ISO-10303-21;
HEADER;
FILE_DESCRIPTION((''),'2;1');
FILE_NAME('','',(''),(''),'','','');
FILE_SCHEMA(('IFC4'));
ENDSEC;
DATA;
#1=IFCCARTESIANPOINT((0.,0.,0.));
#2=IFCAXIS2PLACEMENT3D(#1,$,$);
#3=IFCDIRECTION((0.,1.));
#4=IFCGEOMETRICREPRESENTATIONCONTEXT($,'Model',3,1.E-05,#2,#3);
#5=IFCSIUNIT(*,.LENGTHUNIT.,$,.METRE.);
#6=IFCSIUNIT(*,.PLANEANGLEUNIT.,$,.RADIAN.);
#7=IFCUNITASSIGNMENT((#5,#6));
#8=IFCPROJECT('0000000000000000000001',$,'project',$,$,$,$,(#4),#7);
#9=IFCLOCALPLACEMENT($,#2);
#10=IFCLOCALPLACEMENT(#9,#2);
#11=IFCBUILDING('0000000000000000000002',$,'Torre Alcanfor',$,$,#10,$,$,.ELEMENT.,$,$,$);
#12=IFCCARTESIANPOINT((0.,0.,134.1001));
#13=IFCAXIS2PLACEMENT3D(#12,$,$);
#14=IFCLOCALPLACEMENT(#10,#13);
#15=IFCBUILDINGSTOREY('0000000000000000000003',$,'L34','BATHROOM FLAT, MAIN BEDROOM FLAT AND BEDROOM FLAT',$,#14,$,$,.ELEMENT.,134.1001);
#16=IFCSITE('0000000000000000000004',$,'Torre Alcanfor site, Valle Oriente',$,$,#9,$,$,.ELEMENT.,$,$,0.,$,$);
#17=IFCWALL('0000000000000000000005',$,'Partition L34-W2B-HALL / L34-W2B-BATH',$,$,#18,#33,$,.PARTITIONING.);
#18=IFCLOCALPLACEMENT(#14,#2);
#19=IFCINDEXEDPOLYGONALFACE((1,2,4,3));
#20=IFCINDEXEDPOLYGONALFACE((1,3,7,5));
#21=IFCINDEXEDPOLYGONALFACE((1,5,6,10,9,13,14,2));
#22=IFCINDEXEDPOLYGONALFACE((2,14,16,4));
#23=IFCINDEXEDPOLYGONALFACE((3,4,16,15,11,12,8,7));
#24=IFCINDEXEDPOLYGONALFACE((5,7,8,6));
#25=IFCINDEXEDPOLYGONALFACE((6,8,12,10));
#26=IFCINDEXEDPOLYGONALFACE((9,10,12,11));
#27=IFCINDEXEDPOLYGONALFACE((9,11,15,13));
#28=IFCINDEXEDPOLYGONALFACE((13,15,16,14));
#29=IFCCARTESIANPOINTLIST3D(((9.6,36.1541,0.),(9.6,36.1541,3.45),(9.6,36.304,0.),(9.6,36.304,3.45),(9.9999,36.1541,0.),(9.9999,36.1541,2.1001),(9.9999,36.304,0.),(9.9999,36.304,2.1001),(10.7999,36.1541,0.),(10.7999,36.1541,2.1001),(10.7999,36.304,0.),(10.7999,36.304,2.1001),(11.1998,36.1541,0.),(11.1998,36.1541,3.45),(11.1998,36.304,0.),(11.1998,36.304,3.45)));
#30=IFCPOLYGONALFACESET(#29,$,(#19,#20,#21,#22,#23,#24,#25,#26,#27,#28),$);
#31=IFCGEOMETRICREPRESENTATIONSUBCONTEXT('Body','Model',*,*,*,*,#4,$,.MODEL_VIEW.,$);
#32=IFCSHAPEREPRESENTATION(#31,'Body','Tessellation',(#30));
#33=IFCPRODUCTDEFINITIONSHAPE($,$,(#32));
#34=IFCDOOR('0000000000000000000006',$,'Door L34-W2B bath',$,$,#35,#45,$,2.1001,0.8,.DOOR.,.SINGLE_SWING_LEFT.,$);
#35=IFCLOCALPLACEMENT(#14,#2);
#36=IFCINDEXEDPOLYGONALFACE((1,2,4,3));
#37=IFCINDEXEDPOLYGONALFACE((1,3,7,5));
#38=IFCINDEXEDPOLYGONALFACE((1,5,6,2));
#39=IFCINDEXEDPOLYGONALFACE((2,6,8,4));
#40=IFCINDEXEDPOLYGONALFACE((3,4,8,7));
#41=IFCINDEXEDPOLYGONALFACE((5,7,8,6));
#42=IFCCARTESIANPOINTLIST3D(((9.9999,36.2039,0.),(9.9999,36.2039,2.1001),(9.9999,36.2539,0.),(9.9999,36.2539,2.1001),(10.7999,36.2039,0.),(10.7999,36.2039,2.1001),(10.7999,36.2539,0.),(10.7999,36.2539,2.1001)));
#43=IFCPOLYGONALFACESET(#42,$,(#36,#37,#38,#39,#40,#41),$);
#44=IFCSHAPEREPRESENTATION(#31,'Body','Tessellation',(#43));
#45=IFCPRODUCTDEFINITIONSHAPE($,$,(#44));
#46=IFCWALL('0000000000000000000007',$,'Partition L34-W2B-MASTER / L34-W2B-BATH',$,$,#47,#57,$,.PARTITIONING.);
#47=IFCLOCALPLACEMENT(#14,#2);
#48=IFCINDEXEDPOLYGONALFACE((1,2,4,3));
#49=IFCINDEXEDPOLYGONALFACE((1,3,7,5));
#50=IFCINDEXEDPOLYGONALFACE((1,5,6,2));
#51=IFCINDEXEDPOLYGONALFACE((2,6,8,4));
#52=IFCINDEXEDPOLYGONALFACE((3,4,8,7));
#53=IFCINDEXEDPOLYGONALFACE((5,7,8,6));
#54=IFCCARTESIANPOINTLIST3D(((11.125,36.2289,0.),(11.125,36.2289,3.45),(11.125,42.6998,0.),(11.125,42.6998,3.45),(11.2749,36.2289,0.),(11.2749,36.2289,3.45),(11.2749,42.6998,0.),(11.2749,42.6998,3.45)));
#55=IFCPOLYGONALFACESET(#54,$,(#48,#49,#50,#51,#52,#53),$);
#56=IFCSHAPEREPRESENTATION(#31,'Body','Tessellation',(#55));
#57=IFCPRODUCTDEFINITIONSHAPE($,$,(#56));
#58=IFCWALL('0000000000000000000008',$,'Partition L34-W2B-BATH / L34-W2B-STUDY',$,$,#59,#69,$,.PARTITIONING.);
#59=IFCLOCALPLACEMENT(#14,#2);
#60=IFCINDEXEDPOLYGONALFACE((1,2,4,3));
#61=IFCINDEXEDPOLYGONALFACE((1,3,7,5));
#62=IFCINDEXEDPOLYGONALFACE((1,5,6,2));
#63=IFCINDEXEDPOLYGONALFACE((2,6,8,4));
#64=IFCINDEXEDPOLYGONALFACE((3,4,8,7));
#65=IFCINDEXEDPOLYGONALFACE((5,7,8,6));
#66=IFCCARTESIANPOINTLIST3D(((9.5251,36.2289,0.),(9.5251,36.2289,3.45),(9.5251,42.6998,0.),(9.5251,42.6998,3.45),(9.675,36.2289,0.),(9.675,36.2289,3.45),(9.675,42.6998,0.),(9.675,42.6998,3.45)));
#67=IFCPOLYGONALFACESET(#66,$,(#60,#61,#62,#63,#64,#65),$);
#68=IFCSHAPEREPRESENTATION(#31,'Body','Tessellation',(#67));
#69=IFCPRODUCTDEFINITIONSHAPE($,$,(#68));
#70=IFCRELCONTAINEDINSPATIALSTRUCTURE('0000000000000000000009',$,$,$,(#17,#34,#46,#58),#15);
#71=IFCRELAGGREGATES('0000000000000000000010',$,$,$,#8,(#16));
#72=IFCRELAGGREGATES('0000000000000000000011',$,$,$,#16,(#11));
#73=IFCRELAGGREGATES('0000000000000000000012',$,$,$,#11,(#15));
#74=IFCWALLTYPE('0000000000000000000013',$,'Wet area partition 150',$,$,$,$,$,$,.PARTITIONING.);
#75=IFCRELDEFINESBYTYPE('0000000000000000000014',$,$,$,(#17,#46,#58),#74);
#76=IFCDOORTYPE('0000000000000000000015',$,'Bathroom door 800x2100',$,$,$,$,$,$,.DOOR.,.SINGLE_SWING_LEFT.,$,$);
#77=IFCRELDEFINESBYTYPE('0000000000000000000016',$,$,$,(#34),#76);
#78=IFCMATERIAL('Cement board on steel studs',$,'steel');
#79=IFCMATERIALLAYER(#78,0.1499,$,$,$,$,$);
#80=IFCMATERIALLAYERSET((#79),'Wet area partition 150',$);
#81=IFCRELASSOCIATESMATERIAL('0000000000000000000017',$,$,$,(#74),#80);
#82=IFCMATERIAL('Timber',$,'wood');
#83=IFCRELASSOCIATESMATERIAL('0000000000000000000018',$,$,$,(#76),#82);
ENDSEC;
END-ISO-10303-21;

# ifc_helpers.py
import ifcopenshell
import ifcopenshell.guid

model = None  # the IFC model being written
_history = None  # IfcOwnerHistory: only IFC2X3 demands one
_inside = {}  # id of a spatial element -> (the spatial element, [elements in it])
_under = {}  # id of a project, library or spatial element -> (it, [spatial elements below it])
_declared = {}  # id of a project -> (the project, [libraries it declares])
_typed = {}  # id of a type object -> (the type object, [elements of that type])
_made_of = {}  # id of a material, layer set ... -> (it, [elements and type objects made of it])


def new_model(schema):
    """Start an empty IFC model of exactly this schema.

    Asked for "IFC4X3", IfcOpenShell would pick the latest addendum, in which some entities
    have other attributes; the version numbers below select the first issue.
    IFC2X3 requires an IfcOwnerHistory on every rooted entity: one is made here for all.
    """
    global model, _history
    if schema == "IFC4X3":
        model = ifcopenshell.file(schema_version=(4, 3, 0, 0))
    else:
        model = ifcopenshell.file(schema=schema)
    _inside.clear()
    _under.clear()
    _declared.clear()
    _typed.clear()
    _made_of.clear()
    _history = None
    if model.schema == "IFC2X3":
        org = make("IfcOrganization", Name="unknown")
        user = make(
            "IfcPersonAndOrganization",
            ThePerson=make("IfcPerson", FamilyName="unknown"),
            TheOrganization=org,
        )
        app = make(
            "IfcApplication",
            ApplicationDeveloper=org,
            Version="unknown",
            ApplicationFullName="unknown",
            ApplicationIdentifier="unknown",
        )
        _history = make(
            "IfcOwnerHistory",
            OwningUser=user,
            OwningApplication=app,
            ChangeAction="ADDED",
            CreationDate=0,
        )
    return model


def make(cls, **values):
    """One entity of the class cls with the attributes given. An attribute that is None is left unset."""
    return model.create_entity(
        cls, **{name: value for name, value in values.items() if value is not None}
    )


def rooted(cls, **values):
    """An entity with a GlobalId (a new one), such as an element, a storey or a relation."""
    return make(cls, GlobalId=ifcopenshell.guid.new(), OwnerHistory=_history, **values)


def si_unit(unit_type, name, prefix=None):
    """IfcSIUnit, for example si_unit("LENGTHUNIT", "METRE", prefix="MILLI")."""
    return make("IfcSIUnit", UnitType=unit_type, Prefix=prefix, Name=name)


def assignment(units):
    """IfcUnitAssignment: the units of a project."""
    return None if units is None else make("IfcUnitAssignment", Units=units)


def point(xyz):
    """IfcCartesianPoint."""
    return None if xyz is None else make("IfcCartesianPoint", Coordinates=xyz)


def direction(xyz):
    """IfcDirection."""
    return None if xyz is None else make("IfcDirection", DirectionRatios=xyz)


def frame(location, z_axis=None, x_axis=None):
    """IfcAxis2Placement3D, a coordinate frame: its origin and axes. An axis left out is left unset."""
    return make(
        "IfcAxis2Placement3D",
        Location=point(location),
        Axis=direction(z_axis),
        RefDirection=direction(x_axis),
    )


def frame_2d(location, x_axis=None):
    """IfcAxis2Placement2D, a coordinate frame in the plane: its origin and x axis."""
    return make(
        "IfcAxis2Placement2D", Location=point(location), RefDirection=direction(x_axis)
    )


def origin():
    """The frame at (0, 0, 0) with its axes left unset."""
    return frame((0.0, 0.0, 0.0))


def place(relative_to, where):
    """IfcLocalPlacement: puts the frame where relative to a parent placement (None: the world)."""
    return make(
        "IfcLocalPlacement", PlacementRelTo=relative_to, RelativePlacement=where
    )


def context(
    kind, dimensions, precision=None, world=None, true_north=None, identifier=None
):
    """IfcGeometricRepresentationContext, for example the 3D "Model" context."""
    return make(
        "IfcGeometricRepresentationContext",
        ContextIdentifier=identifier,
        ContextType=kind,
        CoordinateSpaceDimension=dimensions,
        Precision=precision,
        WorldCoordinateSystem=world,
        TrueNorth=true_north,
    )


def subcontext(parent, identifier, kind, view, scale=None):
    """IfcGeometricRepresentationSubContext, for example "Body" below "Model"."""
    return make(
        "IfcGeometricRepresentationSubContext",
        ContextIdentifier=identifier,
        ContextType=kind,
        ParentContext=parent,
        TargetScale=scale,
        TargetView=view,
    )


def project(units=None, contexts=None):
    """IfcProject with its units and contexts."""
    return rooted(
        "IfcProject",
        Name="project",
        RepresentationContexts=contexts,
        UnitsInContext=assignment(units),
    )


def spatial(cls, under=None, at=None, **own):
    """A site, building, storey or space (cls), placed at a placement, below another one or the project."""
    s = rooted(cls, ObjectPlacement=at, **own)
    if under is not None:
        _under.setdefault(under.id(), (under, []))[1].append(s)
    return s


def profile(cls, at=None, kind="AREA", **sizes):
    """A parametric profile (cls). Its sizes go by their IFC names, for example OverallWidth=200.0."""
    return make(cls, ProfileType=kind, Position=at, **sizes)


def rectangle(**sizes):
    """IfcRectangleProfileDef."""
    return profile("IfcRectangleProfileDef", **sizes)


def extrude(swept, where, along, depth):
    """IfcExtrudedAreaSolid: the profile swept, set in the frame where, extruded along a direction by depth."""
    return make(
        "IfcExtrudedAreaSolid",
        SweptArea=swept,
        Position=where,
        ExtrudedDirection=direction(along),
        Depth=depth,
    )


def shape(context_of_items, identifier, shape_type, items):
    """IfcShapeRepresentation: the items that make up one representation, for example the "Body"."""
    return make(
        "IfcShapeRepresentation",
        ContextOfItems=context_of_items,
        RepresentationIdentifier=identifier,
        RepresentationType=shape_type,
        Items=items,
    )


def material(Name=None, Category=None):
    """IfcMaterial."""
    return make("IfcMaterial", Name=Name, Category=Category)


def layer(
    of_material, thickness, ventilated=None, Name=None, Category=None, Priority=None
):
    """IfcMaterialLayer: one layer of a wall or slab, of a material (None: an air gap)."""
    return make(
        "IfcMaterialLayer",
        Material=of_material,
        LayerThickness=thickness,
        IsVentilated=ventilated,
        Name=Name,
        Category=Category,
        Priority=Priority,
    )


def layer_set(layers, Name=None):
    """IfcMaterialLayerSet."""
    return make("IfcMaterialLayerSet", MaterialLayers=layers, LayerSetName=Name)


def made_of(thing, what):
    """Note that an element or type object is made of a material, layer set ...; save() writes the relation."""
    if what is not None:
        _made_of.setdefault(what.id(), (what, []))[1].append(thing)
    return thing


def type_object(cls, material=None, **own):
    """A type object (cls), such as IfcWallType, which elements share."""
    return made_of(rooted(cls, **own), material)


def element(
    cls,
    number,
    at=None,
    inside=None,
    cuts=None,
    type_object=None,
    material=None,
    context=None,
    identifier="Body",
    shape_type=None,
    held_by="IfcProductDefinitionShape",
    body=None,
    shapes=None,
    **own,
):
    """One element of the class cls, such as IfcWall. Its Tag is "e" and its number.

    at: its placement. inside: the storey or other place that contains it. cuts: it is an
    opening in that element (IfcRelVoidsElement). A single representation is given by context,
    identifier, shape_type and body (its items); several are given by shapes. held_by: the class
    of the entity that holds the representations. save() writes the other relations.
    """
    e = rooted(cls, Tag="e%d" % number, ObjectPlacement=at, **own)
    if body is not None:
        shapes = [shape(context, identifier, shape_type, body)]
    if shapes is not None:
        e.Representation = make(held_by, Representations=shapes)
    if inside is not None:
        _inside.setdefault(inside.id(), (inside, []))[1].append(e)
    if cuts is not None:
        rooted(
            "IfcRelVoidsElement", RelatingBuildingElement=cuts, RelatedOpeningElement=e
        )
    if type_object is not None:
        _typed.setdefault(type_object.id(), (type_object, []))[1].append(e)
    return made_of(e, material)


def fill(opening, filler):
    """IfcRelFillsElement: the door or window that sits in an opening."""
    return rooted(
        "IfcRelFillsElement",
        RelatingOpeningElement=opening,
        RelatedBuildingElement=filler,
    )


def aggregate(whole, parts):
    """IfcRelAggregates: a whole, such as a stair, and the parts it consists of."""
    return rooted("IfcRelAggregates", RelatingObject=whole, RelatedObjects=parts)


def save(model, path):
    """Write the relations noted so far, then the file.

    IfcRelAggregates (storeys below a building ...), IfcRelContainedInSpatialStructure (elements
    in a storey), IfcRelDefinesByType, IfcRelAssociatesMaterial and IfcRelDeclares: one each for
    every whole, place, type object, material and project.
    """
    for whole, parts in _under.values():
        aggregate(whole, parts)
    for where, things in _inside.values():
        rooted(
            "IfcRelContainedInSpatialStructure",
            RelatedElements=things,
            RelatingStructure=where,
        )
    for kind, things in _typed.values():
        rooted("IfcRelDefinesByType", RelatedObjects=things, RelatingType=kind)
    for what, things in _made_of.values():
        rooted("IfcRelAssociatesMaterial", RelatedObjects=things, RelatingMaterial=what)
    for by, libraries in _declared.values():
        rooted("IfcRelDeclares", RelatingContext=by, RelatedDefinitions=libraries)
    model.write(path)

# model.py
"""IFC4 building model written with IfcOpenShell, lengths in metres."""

from ifc_helpers import new_model, si_unit, direction, frame, frame_2d, origin, place, context, subcontext, project, spatial, rectangle, extrude, material, layer, layer_set, type_object, element, fill, save


model = new_model("IFC4")

# Units and contexts
model_context = context("Model", 3, precision=1e-05, world=origin(), true_north=direction((0.0, 1.0)))
body_context = subcontext(model_context, "Body", "Model", "MODEL_VIEW")
ifc_project = project(units=[si_unit("LENGTHUNIT", "METRE"), si_unit("PLANEANGLEUNIT", "RADIAN")], contexts=[model_context])

# Site, building, storey
site_placement = place(None, origin())
site = spatial("IfcSite", under=ifc_project, at=site_placement, Name="Torre Alcanfor site, Valle Oriente", CompositionType="ELEMENT", RefElevation=0.0)
building_placement = place(site_placement, origin())
building = spatial("IfcBuilding", under=site, at=building_placement, Name="Torre Alcanfor", CompositionType="ELEMENT")
storey_placement = place(building_placement, frame((0.0, 0.0, 134.1001)))
storey = spatial("IfcBuildingStorey", under=building, at=storey_placement, Name="L34", Description="BATHROOM FLAT, MAIN BEDROOM FLAT AND BEDROOM FLAT", CompositionType="ELEMENT", Elevation=134.1001)

# Wall, opening, door
ifc_material_1 = material(Name="Cement board on steel studs", Category="steel")
ifc_layer_1 = layer(ifc_material_1, 0.1499)
ifc_layer_set_1 = layer_set([ifc_layer_1], Name="Wet area partition 150")
wall_type_1 = type_object("IfcWallType", Name="Wet area partition 150", PredefinedType="PARTITIONING", material=ifc_layer_set_1)
wall_1_placement = place(storey_placement, frame((9.6001, 36.229, 0.0), z_axis=(0.0, 0.0, 1.0), x_axis=(1.0, 0.0, 0.0)))
wall_1 = element("IfcWall", 1, at=wall_1_placement, inside=storey, type_object=wall_type_1, Name="Partition L34-W2B-HALL / L34-W2B-BATH", PredefinedType="PARTITIONING", context=body_context, shape_type="SweptSolid", body=[
    extrude(rectangle(XDim=1.5999, YDim=0.1499, at=frame_2d((0.7998, 0.0))), origin(), (0.0, 0.0, 1.0), 3.45),
])
opening_1_placement = place(wall_1_placement, frame((0.3999, 0.0, 0.0)))
opening_1 = element("IfcOpeningElement", 2, at=opening_1_placement, cuts=wall_1, PredefinedType="OPENING", context=body_context, shape_type="SweptSolid", body=[
    extrude(rectangle(XDim=0.8, YDim=2.1001, at=frame_2d((0.3999, 1.05))), frame((0.0, 0.085, 0.0), z_axis=(0.0, -1.0, 0.0), x_axis=(1.0, 0.0, 0.0)), (0.0, 0.0, 1.0), 0.1699),
])
ifc_material_2 = material(Name="Timber", Category="wood")
door_type_1 = type_object("IfcDoorType", Name="Bathroom door 800x2100", OperationType="SINGLE_SWING_LEFT", PredefinedType="DOOR", material=ifc_material_2)
door_1_placement = place(opening_1_placement, origin())
door_1 = element("IfcDoor", 3, at=door_1_placement, inside=storey, type_object=door_type_1, Name="Door L34-W2B bath", OperationType="SINGLE_SWING_LEFT", OverallHeight=2.1001, OverallWidth=0.8, PredefinedType="DOOR", context=body_context, shape_type="SweptSolid", body=[
    extrude(rectangle(XDim=0.8, YDim=2.1001, at=frame_2d((0.3999, 1.05))), frame((0.0, 0.0249, 0.0), z_axis=(0.0, -1.0, 0.0), x_axis=(1.0, 0.0, 0.0)), (0.0, 0.0, 1.0), 0.05),
])
fill(opening_1, door_1)

# Walls
for number, where, z_axis, x_axis, name in (
    (4, (11.2, 36.229, 0.0), (0.0, 0.0, 1.0), (0.0, 1.0, 0.0), "Partition L34-W2B-MASTER / L34-W2B-BATH"),
    (5, (9.6001, 36.229, 0.0), (0.0, 0.0, 1.0), (0.0, 1.0, 0.0), "Partition L34-W2B-BATH / L34-W2B-STUDY"),
):
    element("IfcWall", number, at=place(storey_placement, frame(where, z_axis=z_axis, x_axis=x_axis)), inside=storey, type_object=wall_type_1, Name=name, PredefinedType="PARTITIONING", context=body_context, shape_type="SweptSolid", body=[
        extrude(rectangle(XDim=6.4709, YDim=0.1499, at=frame_2d((3.2354, 0.0))), origin(), (0.0, 0.0, 1.0), 3.45),
    ])

save(model, "model.ifc")
